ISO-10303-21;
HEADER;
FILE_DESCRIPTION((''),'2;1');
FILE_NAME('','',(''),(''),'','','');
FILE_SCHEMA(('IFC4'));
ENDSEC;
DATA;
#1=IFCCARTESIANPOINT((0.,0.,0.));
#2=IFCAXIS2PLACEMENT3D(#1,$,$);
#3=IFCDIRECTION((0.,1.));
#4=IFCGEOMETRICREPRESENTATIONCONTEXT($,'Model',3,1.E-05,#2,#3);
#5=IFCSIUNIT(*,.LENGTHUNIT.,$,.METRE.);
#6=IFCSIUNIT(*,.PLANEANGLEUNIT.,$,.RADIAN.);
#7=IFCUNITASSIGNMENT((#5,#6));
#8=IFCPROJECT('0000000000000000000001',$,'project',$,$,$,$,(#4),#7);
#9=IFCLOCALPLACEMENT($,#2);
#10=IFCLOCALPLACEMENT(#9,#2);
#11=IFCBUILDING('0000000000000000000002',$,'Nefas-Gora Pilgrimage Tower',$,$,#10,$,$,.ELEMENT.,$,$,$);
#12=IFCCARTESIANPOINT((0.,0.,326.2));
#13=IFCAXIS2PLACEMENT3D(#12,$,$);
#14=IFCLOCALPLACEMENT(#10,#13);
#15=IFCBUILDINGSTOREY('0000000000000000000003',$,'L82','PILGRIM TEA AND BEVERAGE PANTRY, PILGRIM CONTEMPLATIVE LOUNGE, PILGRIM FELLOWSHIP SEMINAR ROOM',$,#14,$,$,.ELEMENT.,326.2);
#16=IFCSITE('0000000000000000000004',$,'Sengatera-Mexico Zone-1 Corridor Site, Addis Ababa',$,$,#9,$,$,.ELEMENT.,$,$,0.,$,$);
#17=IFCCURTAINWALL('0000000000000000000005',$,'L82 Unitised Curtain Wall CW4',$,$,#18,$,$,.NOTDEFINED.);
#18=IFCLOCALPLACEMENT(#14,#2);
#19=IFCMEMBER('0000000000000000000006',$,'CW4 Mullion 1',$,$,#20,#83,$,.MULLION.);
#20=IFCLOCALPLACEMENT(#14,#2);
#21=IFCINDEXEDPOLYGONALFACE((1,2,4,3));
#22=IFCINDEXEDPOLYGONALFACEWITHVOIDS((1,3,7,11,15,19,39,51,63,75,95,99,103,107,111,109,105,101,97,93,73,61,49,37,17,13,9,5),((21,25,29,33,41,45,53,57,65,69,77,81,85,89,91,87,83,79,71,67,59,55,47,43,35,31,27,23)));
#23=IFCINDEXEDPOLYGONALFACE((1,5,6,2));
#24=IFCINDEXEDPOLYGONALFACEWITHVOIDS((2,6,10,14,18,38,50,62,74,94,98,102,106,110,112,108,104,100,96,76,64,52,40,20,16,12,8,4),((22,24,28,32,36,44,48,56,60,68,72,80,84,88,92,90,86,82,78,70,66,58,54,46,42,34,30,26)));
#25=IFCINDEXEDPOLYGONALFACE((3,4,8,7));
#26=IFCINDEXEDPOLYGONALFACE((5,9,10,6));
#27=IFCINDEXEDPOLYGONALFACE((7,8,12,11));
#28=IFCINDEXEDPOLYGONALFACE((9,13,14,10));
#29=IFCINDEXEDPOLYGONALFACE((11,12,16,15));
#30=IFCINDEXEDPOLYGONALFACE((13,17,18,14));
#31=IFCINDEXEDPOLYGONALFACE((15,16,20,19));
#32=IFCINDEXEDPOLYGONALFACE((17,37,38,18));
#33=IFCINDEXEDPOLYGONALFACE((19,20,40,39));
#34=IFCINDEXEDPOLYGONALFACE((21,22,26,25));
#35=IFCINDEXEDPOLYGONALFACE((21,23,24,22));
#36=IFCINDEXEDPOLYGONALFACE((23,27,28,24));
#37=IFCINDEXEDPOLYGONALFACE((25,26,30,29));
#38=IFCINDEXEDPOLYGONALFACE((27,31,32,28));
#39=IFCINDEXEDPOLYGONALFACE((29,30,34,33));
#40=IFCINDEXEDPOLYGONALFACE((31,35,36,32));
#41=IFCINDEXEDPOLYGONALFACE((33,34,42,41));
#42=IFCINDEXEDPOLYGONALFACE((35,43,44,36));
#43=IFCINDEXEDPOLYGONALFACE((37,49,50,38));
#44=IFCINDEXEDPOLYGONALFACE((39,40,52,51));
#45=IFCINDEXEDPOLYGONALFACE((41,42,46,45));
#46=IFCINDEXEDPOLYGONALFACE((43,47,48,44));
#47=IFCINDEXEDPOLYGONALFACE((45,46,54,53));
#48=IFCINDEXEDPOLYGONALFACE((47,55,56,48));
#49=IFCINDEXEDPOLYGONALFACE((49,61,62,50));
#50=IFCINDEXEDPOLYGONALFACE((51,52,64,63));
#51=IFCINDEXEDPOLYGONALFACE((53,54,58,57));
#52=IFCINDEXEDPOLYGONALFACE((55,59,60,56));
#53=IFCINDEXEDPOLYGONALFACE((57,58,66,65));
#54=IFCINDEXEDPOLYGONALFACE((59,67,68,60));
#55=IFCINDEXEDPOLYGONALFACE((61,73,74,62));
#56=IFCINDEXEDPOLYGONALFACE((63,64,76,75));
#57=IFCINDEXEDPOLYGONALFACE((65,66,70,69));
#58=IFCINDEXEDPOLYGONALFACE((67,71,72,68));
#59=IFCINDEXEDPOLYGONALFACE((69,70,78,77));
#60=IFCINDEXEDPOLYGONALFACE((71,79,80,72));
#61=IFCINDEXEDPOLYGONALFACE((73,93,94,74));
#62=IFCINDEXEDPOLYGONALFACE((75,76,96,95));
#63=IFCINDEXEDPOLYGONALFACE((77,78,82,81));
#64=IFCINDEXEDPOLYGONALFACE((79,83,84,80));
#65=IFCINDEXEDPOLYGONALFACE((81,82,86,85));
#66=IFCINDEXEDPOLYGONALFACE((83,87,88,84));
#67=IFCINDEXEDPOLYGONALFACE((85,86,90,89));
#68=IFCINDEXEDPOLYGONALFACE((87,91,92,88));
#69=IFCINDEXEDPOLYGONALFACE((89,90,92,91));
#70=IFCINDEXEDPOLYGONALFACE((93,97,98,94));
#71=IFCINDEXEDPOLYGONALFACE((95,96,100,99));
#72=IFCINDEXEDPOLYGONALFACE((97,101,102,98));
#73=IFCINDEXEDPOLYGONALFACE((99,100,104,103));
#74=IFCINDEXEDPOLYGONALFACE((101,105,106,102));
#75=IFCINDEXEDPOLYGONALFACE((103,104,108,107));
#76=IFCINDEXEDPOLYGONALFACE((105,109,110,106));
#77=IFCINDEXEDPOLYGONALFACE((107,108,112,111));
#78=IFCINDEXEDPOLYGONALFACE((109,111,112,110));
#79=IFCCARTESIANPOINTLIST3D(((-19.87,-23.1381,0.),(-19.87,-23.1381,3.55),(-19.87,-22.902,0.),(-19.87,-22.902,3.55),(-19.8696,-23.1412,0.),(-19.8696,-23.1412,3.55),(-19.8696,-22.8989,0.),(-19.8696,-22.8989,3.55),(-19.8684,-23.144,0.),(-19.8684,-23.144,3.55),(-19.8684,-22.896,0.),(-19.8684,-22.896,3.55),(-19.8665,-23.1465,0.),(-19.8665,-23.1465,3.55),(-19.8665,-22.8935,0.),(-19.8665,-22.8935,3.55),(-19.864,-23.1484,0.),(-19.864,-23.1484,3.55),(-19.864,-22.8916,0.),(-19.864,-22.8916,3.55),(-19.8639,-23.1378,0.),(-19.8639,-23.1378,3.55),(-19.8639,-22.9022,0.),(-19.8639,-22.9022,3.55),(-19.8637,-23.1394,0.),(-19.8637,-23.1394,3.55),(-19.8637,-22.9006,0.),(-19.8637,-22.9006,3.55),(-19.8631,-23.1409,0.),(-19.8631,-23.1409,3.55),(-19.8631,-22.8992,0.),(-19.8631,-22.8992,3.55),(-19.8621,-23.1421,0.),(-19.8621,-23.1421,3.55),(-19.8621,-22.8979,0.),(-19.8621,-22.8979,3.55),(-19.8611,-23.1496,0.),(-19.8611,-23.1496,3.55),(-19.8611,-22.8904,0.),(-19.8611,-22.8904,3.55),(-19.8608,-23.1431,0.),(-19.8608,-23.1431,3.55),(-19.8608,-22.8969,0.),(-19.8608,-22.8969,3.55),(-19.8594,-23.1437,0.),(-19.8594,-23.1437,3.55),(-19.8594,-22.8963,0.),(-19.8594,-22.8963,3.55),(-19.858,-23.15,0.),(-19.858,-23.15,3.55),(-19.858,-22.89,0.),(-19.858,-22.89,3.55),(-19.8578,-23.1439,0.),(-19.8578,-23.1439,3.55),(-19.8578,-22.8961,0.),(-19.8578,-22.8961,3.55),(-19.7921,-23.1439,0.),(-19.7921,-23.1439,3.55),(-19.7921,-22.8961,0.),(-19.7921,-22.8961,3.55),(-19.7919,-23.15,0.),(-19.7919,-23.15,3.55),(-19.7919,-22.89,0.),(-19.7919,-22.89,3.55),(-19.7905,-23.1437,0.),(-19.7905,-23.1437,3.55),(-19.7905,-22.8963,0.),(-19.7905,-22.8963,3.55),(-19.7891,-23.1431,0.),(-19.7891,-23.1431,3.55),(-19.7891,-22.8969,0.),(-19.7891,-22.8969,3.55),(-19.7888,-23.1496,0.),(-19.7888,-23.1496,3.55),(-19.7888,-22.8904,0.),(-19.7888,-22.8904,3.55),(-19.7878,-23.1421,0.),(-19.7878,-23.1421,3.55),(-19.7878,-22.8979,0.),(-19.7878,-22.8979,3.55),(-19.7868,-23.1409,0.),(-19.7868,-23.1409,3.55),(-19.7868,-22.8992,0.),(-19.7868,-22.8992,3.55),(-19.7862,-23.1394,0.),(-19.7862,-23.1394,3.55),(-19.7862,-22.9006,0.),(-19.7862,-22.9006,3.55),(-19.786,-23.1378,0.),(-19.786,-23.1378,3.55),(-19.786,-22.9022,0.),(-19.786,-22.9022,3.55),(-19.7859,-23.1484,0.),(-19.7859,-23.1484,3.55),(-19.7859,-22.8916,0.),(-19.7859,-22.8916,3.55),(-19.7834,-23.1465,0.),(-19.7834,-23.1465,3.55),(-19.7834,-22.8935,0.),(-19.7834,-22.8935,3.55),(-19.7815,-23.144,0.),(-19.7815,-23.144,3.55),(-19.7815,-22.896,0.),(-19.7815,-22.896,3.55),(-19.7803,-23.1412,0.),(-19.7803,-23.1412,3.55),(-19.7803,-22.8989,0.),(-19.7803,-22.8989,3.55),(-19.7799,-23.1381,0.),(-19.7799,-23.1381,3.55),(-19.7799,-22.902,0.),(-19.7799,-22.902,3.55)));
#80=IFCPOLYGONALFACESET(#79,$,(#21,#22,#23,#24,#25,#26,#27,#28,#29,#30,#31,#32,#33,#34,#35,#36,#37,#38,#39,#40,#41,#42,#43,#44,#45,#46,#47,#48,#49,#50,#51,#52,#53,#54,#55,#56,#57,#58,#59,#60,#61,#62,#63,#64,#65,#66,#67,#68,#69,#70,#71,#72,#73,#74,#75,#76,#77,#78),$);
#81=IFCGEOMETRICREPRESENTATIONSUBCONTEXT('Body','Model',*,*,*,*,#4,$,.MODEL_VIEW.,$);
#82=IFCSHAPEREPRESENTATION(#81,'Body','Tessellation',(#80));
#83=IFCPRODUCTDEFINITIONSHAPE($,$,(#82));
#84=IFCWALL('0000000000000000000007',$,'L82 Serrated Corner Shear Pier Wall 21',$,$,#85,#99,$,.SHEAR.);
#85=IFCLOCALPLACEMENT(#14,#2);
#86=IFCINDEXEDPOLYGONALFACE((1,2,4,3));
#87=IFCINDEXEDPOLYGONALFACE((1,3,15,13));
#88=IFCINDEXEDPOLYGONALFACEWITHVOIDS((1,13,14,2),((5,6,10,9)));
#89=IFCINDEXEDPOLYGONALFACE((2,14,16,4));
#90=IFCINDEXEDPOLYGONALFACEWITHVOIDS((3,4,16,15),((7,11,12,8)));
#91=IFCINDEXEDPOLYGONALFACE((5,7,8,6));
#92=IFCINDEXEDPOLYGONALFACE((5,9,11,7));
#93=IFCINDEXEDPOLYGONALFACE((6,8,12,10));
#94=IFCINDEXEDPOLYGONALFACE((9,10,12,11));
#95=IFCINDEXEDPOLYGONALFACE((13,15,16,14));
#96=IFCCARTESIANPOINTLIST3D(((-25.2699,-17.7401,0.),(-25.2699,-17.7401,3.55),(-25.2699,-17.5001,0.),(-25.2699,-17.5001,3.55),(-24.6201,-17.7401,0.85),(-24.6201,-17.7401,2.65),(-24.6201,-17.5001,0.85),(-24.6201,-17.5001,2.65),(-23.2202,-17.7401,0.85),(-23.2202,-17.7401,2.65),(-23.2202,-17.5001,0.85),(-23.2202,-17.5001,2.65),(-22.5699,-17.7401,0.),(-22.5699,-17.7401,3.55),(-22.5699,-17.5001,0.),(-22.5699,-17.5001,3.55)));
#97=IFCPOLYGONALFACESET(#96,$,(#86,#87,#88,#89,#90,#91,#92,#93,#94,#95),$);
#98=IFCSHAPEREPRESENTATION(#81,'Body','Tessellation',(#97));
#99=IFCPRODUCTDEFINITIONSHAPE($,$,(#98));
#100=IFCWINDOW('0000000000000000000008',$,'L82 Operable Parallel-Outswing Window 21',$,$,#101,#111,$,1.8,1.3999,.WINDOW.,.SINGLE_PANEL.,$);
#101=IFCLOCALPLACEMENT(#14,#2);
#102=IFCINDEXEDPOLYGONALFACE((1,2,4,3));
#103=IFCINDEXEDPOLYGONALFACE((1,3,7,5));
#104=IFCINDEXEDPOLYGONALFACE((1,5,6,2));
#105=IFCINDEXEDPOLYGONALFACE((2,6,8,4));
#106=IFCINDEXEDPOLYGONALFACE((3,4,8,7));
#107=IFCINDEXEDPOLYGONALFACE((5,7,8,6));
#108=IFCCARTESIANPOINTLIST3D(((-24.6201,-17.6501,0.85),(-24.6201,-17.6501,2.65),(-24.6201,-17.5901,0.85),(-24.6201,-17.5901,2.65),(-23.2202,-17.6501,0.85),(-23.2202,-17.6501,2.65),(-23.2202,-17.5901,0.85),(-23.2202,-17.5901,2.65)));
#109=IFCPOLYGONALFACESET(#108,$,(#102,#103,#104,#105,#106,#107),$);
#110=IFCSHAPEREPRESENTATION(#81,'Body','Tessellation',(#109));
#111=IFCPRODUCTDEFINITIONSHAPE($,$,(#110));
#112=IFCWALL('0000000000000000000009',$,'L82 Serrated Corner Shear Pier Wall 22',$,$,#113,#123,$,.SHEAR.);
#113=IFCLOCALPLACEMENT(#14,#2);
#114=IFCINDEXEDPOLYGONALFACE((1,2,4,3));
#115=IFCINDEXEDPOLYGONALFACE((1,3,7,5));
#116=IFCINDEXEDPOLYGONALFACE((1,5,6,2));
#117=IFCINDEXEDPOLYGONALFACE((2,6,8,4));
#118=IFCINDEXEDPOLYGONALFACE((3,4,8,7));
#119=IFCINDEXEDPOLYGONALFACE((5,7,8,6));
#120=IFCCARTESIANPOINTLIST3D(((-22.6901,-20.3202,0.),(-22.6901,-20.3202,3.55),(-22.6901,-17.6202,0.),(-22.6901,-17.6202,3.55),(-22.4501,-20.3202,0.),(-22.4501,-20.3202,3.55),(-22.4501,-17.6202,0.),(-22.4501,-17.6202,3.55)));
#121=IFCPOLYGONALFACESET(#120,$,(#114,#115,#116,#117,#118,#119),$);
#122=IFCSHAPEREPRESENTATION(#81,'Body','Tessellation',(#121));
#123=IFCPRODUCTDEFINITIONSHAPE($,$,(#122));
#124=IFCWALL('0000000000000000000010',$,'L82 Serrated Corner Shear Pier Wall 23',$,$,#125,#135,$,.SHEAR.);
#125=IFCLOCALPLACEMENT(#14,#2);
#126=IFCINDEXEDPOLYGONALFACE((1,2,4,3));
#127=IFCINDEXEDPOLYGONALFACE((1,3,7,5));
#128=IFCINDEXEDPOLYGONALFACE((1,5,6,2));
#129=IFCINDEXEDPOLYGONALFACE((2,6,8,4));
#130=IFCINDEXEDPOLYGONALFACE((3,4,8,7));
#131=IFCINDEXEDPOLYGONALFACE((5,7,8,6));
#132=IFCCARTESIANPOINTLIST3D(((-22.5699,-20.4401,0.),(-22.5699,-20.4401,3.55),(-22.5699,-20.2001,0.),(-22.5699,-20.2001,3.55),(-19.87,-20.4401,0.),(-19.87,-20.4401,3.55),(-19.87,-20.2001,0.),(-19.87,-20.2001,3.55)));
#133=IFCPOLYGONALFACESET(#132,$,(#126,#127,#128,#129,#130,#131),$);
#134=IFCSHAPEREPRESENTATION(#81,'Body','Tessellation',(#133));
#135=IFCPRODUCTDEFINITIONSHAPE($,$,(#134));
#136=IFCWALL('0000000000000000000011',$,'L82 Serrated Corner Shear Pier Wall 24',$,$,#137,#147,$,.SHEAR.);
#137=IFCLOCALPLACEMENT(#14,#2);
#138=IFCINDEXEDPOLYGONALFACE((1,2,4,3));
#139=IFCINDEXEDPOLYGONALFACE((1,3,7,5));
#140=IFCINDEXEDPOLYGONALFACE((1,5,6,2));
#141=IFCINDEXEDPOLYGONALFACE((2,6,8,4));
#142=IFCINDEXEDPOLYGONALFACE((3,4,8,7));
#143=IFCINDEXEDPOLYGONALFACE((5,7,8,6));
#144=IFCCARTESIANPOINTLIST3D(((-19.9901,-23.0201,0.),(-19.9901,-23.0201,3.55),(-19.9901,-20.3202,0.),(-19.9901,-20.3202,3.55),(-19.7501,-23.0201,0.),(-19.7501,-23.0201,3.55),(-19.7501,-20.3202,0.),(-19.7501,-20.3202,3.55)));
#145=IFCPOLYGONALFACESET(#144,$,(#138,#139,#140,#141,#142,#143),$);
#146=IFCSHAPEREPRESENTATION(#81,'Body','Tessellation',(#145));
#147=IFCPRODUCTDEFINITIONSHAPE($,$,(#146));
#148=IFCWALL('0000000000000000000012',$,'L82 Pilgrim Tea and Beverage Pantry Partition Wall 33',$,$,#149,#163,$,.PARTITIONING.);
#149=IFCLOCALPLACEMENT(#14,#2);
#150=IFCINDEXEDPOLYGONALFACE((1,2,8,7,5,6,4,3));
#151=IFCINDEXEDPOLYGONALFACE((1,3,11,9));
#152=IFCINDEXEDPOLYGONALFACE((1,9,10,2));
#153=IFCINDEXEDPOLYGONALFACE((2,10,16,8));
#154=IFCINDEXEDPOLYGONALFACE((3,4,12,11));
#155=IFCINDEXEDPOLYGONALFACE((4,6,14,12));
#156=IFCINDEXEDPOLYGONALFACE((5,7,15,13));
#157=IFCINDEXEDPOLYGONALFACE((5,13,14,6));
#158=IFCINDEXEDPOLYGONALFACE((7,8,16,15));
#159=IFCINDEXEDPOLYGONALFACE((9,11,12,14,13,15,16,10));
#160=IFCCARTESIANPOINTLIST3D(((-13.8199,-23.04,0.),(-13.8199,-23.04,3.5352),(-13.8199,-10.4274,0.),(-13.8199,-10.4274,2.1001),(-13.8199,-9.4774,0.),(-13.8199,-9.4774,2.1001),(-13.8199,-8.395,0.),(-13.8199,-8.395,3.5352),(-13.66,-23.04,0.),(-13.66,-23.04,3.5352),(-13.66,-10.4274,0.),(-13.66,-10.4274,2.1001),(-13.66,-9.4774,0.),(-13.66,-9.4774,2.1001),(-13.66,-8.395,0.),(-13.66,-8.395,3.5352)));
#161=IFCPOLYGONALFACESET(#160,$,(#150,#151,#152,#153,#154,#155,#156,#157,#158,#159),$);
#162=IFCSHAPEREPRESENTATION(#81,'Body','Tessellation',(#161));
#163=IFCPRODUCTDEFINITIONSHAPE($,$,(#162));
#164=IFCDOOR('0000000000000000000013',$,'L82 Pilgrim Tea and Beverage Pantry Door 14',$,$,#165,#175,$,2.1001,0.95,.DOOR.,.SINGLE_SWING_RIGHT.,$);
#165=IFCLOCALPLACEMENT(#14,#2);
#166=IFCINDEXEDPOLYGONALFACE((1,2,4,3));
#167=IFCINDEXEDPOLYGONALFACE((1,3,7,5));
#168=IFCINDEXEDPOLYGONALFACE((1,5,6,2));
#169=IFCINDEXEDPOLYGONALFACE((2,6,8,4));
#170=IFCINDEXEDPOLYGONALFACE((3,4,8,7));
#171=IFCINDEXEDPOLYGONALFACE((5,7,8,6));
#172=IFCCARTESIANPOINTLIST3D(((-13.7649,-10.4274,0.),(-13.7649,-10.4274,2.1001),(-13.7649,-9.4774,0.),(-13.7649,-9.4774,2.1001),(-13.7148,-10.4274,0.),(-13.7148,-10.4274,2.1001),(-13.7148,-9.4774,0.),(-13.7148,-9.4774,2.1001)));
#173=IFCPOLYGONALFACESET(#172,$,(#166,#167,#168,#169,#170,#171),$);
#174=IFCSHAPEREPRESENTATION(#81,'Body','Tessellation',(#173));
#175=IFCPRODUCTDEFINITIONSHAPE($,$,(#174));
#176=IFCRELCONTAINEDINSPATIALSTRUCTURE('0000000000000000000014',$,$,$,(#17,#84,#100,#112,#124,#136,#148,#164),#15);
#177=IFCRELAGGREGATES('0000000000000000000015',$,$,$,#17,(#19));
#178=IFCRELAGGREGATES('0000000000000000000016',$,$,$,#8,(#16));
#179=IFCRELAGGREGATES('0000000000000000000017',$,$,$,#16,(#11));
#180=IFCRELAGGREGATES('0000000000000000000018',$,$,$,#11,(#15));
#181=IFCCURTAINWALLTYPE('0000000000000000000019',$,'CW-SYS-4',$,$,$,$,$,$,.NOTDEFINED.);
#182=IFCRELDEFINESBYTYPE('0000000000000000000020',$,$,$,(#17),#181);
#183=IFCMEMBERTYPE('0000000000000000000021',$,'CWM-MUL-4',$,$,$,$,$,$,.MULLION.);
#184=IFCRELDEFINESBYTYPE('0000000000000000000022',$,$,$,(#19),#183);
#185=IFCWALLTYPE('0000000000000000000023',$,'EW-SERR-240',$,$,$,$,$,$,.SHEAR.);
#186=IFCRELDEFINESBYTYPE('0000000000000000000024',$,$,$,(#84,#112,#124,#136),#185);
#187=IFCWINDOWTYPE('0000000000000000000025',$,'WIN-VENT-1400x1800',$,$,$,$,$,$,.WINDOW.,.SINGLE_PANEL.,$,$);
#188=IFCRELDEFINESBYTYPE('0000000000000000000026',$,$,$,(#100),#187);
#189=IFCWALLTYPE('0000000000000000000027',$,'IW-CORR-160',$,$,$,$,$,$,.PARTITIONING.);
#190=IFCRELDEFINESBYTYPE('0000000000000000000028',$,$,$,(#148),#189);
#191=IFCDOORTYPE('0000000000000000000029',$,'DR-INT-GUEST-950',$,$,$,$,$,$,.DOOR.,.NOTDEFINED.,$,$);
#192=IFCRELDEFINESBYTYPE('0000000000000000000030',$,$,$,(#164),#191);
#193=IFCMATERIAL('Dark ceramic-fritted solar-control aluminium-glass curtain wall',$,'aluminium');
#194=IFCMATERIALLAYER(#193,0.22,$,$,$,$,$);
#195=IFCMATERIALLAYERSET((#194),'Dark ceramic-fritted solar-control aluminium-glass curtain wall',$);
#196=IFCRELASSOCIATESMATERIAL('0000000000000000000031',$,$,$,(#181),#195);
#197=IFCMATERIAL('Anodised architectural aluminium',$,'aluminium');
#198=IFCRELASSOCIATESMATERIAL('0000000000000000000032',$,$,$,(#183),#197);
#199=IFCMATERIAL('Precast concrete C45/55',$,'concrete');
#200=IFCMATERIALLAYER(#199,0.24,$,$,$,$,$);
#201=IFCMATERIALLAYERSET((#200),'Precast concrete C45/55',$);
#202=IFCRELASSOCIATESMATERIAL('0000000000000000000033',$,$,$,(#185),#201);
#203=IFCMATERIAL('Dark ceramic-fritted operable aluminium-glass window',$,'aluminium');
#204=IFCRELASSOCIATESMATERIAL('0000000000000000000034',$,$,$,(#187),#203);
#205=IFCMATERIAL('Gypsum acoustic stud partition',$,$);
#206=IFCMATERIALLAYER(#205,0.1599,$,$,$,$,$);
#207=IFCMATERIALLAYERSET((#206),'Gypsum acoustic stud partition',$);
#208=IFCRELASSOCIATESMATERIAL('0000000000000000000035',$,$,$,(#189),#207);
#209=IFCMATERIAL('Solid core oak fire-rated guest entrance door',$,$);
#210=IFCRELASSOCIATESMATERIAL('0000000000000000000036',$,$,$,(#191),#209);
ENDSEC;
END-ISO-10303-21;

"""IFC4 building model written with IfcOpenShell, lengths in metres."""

from ifc_helpers import new_model, si_unit, direction, frame, frame_2d, origin, origin_2d, place, context, subcontext, project, spatial, rectangle, hollow_rectangle, extrude, source, transform, mapped, material, layer, layer_set, material_profile, profile_set, type_object, element, fill, aggregate, save


model = new_model("IFC4")

# Units and contexts
model_context = context("Model", 3, precision=1e-05, world=origin(), true_north=direction((0.0, 1.0)))
body_context = subcontext(model_context, "Body", "Model", "MODEL_VIEW")
ifc_project = project(units=[si_unit("LENGTHUNIT", "METRE"), si_unit("PLANEANGLEUNIT", "RADIAN")], contexts=[model_context])

# Site, building, storey
site_placement = place(None, origin())
site = spatial("IfcSite", under=ifc_project, at=site_placement, Name="Sengatera-Mexico Zone-1 Corridor Site, Addis Ababa", CompositionType="ELEMENT", RefElevation=0.0)
building_placement = place(site_placement, origin())
building = spatial("IfcBuilding", under=site, at=building_placement, Name="Nefas-Gora Pilgrimage Tower", CompositionType="ELEMENT")
storey_placement = place(building_placement, frame((0.0, 0.0, 326.2)))
storey = spatial("IfcBuildingStorey", under=building, at=storey_placement, Name="L82", Description="PILGRIM TEA AND BEVERAGE PANTRY, PILGRIM CONTEMPLATIVE LOUNGE, PILGRIM FELLOWSHIP SEMINAR ROOM", CompositionType="ELEMENT", Elevation=326.2)

# Curtain wall
ifc_material_1 = material(Name="Dark ceramic-fritted solar-control aluminium-glass curtain wall", Category="aluminium")
ifc_layer_1 = layer(ifc_material_1, 0.22)
ifc_layer_set_1 = layer_set([ifc_layer_1], Name="Dark ceramic-fritted solar-control aluminium-glass curtain wall")
curtain_wall_type = type_object("IfcCurtainWallType", Name="CW-SYS-4", PredefinedType="NOTDEFINED", material=ifc_layer_set_1)
curtain_wall_1_placement = place(storey_placement, origin())
curtain_wall_1 = element("IfcCurtainWall", 1, at=curtain_wall_1_placement, inside=storey, type_object=curtain_wall_type, Name="L82 Unitised Curtain Wall CW4", PredefinedType="NOTDEFINED")
ifc_material_2 = material(Name="Anodised architectural aluminium", Category="aluminium")
ifc_material_profile_1 = material_profile(ifc_material_2, hollow_rectangle(XDim=0.0901, YDim=0.26, WallThickness=0.0061, InnerFilletRadius=0.0061, OuterFilletRadius=0.012, at=origin_2d()), Name="ALU MULLION 90x260")
ifc_profile_set_1 = profile_set([ifc_material_profile_1], Name="Anodised architectural aluminium")
member_type_1 = type_object("IfcMemberType", Name="CWM-MUL-4", PredefinedType="MULLION", material=ifc_profile_set_1)
shared_shape_1 = source(origin(), body_context, "Body", "SweptSolid", [
    extrude(hollow_rectangle(XDim=0.0901, YDim=0.26, WallThickness=0.0061, InnerFilletRadius=0.0061, OuterFilletRadius=0.012, at=origin_2d()), origin(), (0.0, 0.0, 1.0), 3.55),
])

# Member
member_1_placement = place(storey_placement, frame((-19.825, -23.02, 0.0), z_axis=(0.0, 0.0, 1.0), x_axis=(1.0, 0.0, 0.0)))
member_1 = element("IfcMember", 2, at=member_1_placement, type_object=member_type_1, Name="CW4 Mullion 1", PredefinedType="MULLION", context=body_context, shape_type="MappedRepresentation", body=[
    mapped(shared_shape_1, transform((0.0, 0.0, 0.0), x_axis=(1.0, 0.0, 0.0), y_axis=(0.0, 1.0, 0.0), z_axis=(0.0, 0.0, 1.0), scale=1.0)),
])
aggregate(curtain_wall_1, [member_1])

# Wall, opening, window
ifc_material_3 = material(Name="Precast concrete C45/55", Category="concrete")
ifc_layer_2 = layer(ifc_material_3, 0.24)
ifc_layer_set_2 = layer_set([ifc_layer_2], Name="Precast concrete C45/55")
wall_type_1 = type_object("IfcWallType", Name="EW-SERR-240", PredefinedType="SHEAR", material=ifc_layer_set_2)
shared_shape_2 = source(origin(), body_context, "Body", "SweptSolid", [
    extrude(rectangle(XDim=2.7, YDim=0.24, at=frame_2d((1.3501, 0.0))), origin(), (0.0, 0.0, 1.0), 3.55),
])
wall_1_placement = place(storey_placement, frame((-25.27, -17.6201, 0.0), z_axis=(0.0, 0.0, 1.0), x_axis=(1.0, 0.0, 0.0)))
wall_1 = element("IfcWall", 3, at=wall_1_placement, inside=storey, type_object=wall_type_1, Name="L82 Serrated Corner Shear Pier Wall 21", PredefinedType="SHEAR", context=body_context, shape_type="MappedRepresentation", body=[
    mapped(shared_shape_2, transform((0.0, 0.0, 0.0), x_axis=(1.0, 0.0, 0.0), y_axis=(0.0, 1.0, 0.0), z_axis=(0.0, 0.0, 1.0), scale=1.0)),
])
opening_1_placement = place(wall_1_placement, frame((0.6499, 0.0, 0.8501)))
opening_1 = element("IfcOpeningElement", 4, at=opening_1_placement, cuts=wall_1, PredefinedType="OPENING", context=body_context, shape_type="SweptSolid", body=[
    extrude(rectangle(XDim=1.3999, YDim=1.8, at=frame_2d((0.7, 0.8999))), frame((0.0, 0.1299, 0.0), z_axis=(0.0, -1.0, 0.0), x_axis=(1.0, 0.0, 0.0)), (0.0, 0.0, 1.0), 0.26),
])
ifc_material_4 = material(Name="Dark ceramic-fritted operable aluminium-glass window", Category="aluminium")
window_type = type_object("IfcWindowType", Name="WIN-VENT-1400x1800", PartitioningType="SINGLE_PANEL", PredefinedType="WINDOW", material=ifc_material_4)
shared_shape_3 = source(origin(), body_context, "Body", "SweptSolid", [
    extrude(rectangle(XDim=1.3999, YDim=1.8, at=frame_2d((0.7, 0.8999))), frame((0.0, 0.03, 0.0), z_axis=(0.0, -1.0, 0.0), x_axis=(1.0, 0.0, 0.0)), (0.0, 0.0, 1.0), 0.0601),
])
window_placement = place(opening_1_placement, origin())
window = element("IfcWindow", 5, at=window_placement, inside=storey, type_object=window_type, Name="L82 Operable Parallel-Outswing Window 21", OverallHeight=1.8, OverallWidth=1.3999, PartitioningType="SINGLE_PANEL", PredefinedType="WINDOW", context=body_context, shape_type="MappedRepresentation", body=[
    mapped(shared_shape_3, transform((0.0, 0.0, 0.0), x_axis=(1.0, 0.0, 0.0), y_axis=(0.0, 1.0, 0.0), z_axis=(0.0, 0.0, 1.0), scale=1.0)),
])
fill(opening_1, window)

# Walls
for number, where, z_axis, x_axis, name in (
    (6, (-22.5701, -17.6201, 0.0), (0.0, 0.0, 1.0), (0.0, -1.0, 0.0), "L82 Serrated Corner Shear Pier Wall 22"),
    (7, (-22.5701, -20.3201, 0.0), (0.0, 0.0, 1.0), (1.0, 0.0, 0.0), "L82 Serrated Corner Shear Pier Wall 23"),
    (8, (-19.8701, -20.3201, 0.0), (0.0, 0.0, 1.0), (0.0, -1.0, 0.0), "L82 Serrated Corner Shear Pier Wall 24"),
):
    element("IfcWall", number, at=place(storey_placement, frame(where, z_axis=z_axis, x_axis=x_axis)), inside=storey, type_object=wall_type_1, Name=name, PredefinedType="SHEAR", context=body_context, shape_type="MappedRepresentation", body=[
        mapped(shared_shape_2, transform((0.0, 0.0, 0.0), x_axis=(1.0, 0.0, 0.0), y_axis=(0.0, 1.0, 0.0), z_axis=(0.0, 0.0, 1.0), scale=1.0)),
    ])

# Wall, opening, door
ifc_material_5 = material(Name="Gypsum acoustic stud partition")
ifc_layer_3 = layer(ifc_material_5, 0.1599)
ifc_layer_set_3 = layer_set([ifc_layer_3], Name="Gypsum acoustic stud partition")
wall_type_2 = type_object("IfcWallType", Name="IW-CORR-160", PredefinedType="PARTITIONING", material=ifc_layer_set_3)
shared_shape_4 = source(origin(), body_context, "Body", "SweptSolid", [
    extrude(rectangle(XDim=14.645, YDim=0.1599, at=frame_2d((7.3225, 0.0))), origin(), (0.0, 0.0, 1.0), 3.5352),
])
wall_2_placement = place(storey_placement, frame((-13.74, -23.04, 0.0), z_axis=(0.0, 0.0, 1.0), x_axis=(0.0, 1.0, 0.0)))
wall_2 = element("IfcWall", 9, at=wall_2_placement, inside=storey, type_object=wall_type_2, Name="L82 Pilgrim Tea and Beverage Pantry Partition Wall 33", PredefinedType="PARTITIONING", context=body_context, shape_type="MappedRepresentation", body=[
    mapped(shared_shape_4, transform((0.0, 0.0, 0.0), x_axis=(1.0, 0.0, 0.0), y_axis=(0.0, 1.0, 0.0), z_axis=(0.0, 0.0, 1.0), scale=1.0)),
])
opening_2_placement = place(wall_2_placement, frame((12.6125, 0.0, 0.0)))
opening_2 = element("IfcOpeningElement", 10, at=opening_2_placement, cuts=wall_2, PredefinedType="OPENING", context=body_context, shape_type="SweptSolid", body=[
    extrude(rectangle(XDim=0.95, YDim=2.1001, at=frame_2d((0.4751, 1.05))), frame((0.0, 0.0898, 0.0), z_axis=(0.0, -1.0, 0.0), x_axis=(1.0, 0.0, 0.0)), (0.0, 0.0, 1.0), 0.1799),
])
ifc_material_6 = material(Name="Solid core oak fire-rated guest entrance door")
door_type = type_object("IfcDoorType", Name="DR-INT-GUEST-950", OperationType="NOTDEFINED", PredefinedType="DOOR", material=ifc_material_6)
shared_shape_5 = source(origin(), body_context, "Body", "SweptSolid", [
    extrude(rectangle(XDim=0.95, YDim=2.1001, at=frame_2d((0.4751, 1.05))), frame((0.0, 0.0249, 0.0), z_axis=(0.0, -1.0, 0.0), x_axis=(1.0, 0.0, 0.0)), (0.0, 0.0, 1.0), 0.05),
])
door_1_placement = place(opening_2_placement, origin())
door_1 = element("IfcDoor", 11, at=door_1_placement, inside=storey, type_object=door_type, Name="L82 Pilgrim Tea and Beverage Pantry Door 14", OperationType="SINGLE_SWING_RIGHT", OverallHeight=2.1001, OverallWidth=0.95, PredefinedType="DOOR", context=body_context, shape_type="MappedRepresentation", body=[
    mapped(shared_shape_5, transform((0.0, 0.0, 0.0), x_axis=(1.0, 0.0, 0.0), y_axis=(0.0, 1.0, 0.0), z_axis=(0.0, 0.0, 1.0), scale=1.0)),
])
fill(opening_2, door_1)

save(model, "model.ifc")
